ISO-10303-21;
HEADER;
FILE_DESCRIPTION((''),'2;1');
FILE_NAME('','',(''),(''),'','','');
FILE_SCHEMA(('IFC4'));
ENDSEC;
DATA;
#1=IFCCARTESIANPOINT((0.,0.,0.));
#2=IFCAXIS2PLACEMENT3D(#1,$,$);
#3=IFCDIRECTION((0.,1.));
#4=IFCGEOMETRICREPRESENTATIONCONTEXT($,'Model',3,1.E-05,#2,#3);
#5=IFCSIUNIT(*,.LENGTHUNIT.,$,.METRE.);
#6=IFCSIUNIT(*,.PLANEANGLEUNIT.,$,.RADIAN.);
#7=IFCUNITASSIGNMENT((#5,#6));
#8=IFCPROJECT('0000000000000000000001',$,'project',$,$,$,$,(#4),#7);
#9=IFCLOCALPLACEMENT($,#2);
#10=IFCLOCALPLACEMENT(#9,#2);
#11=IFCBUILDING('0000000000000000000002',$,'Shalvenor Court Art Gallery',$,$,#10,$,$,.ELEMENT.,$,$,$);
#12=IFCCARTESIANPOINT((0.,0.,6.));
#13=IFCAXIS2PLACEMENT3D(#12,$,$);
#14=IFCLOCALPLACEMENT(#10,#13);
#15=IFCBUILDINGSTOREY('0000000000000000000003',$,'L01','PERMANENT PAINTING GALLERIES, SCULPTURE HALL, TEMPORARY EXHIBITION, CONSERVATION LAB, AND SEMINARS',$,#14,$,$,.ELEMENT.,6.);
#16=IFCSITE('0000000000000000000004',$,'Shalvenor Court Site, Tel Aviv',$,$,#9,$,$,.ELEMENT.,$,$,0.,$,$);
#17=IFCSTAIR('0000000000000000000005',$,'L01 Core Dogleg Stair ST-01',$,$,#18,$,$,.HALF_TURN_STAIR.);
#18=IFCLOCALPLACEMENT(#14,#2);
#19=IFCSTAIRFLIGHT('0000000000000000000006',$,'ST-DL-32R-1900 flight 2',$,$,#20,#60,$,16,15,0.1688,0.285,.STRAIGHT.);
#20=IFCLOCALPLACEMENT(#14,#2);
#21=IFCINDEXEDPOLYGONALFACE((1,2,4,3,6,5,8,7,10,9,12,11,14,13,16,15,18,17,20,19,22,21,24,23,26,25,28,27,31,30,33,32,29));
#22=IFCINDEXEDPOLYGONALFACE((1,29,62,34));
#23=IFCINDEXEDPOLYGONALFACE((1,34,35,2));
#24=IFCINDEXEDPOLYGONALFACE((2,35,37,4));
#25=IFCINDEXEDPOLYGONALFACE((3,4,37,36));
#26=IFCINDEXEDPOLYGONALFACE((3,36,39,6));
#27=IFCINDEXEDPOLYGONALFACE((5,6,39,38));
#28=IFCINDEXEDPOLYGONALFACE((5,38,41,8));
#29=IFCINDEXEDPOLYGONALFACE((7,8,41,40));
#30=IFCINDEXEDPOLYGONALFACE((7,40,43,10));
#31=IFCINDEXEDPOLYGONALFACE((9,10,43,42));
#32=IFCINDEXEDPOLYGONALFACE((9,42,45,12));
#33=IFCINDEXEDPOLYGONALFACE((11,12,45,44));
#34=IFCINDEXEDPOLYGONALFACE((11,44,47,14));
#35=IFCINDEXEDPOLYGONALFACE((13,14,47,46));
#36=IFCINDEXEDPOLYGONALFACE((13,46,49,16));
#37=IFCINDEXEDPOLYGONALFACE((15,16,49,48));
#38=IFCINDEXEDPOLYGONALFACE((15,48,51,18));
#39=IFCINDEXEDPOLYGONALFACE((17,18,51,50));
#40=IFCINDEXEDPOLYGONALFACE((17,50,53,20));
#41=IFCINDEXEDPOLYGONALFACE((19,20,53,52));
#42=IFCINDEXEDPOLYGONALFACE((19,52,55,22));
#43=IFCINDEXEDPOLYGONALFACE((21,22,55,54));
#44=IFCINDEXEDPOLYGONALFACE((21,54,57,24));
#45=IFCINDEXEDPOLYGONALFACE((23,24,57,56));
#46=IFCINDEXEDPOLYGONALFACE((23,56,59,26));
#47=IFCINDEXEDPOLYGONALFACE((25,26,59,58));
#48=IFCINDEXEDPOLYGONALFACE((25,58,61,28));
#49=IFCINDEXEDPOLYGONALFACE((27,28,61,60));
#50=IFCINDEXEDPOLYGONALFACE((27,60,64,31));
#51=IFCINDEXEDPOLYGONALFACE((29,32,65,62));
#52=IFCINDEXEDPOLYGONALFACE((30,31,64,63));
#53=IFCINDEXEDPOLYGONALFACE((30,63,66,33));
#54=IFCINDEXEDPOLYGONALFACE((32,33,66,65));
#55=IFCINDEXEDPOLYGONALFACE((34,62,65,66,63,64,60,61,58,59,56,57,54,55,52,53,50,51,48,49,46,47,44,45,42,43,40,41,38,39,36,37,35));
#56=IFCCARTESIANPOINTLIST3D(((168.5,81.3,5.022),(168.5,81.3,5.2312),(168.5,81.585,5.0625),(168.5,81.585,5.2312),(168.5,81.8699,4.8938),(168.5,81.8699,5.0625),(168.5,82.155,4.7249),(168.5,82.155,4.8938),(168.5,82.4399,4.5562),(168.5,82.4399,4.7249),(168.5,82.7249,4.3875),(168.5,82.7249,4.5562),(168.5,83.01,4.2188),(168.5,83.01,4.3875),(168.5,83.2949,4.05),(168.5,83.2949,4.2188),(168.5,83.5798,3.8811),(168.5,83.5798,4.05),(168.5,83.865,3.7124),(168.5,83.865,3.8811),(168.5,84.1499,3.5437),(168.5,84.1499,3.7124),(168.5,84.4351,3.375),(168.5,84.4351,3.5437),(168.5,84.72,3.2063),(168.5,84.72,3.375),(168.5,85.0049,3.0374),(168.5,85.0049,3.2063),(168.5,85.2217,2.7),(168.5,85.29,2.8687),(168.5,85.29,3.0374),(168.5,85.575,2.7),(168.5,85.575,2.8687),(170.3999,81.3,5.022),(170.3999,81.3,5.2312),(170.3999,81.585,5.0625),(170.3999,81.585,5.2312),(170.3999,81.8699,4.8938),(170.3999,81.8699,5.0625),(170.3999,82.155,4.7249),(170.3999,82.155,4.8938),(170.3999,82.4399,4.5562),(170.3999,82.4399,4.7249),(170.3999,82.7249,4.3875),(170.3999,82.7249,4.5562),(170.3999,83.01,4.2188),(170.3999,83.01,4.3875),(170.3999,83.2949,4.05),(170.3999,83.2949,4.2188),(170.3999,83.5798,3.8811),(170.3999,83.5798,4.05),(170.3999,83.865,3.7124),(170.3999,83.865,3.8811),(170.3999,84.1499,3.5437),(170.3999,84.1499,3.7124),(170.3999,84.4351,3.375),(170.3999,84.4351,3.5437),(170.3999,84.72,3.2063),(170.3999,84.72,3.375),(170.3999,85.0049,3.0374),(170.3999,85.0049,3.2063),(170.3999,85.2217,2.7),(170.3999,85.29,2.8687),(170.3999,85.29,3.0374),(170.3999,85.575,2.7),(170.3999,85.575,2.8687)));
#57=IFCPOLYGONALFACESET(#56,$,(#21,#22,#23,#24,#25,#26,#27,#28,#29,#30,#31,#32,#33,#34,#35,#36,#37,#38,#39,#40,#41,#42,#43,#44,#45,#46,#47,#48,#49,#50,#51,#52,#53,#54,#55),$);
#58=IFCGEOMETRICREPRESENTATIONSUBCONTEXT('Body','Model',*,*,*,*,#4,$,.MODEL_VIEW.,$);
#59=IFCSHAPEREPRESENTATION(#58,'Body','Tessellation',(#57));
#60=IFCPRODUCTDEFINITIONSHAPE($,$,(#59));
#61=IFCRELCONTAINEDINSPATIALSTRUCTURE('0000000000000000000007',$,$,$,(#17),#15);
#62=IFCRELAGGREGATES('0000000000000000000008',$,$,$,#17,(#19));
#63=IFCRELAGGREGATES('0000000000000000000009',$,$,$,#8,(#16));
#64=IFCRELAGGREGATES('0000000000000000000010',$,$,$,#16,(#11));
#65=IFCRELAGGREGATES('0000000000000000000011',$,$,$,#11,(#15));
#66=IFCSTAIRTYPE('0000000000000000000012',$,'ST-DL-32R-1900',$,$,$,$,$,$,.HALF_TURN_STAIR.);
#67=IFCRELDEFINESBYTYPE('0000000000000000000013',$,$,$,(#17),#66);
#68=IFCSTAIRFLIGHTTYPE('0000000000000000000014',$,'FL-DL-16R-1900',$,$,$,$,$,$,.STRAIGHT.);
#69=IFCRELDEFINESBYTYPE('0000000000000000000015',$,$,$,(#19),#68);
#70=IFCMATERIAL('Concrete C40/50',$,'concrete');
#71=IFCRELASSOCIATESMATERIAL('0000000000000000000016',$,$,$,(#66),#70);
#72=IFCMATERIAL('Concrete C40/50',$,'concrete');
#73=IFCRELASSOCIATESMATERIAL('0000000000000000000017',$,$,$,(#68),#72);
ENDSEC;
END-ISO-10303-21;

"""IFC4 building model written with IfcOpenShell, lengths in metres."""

from ifc_helpers import new_model, si_unit, direction, frame, origin, place, context, subcontext, project, spatial, polyline, outline, extrude, material, type_object, element, aggregate, save


model = new_model("IFC4")

# Units and contexts
model_context = context("Model", 3, precision=1e-05, world=origin(), true_north=direction((0.0, 1.0)))
body_context = subcontext(model_context, "Body", "Model", "MODEL_VIEW")
ifc_project = project(units=[si_unit("LENGTHUNIT", "METRE"), si_unit("PLANEANGLEUNIT", "RADIAN")], contexts=[model_context])

# Site, building, storey
site_placement = place(None, origin())
site = spatial("IfcSite", under=ifc_project, at=site_placement, Name="Shalvenor Court Site, Tel Aviv", CompositionType="ELEMENT", RefElevation=0.0)
building_placement = place(site_placement, origin())
building = spatial("IfcBuilding", under=site, at=building_placement, Name="Shalvenor Court Art Gallery", CompositionType="ELEMENT")
storey_placement = place(building_placement, frame((0.0, 0.0, 6.0)))
storey = spatial("IfcBuildingStorey", under=building, at=storey_placement, Name="L01", Description="PERMANENT PAINTING GALLERIES, SCULPTURE HALL, TEMPORARY EXHIBITION, CONSERVATION LAB, AND SEMINARS", CompositionType="ELEMENT", Elevation=6.0)

# Stair, stair flight
ifc_material_1 = material(Name="Concrete C40/50", Category="concrete")
stair_type = type_object("IfcStairType", Name="ST-DL-32R-1900", PredefinedType="HALF_TURN_STAIR", material=ifc_material_1)
stair_placement = place(storey_placement, origin())
stair = element("IfcStair", 1, at=stair_placement, inside=storey, type_object=stair_type, Name="L01 Core Dogleg Stair ST-01", PredefinedType="HALF_TURN_STAIR")
ifc_material_2 = material(Name="Concrete C40/50", Category="concrete")
stair_flight_type = type_object("IfcStairFlightType", Name="FL-DL-16R-1900", PredefinedType="STRAIGHT", material=ifc_material_2)
stair_flight_placement = place(storey_placement, frame((169.45, 85.575, 2.7), z_axis=(0.0, 0.0, 1.0), x_axis=(0.0, -1.0, 0.0)))
stair_flight = element("IfcStairFlight", 2, at=stair_flight_placement, type_object=stair_flight_type, Name="ST-DL-32R-1900 flight 2", NumberOfRisers=16, NumberOfTreads=15, PredefinedType="STRAIGHT", RiserHeight=0.1688, TreadLength=0.285, context=body_context, shape_type="SweptSolid", body=[
    extrude(outline(polyline([(0.0, 0.0), (0.0, 0.1687), (0.2849, 0.1687), (0.2849, 0.3374), (0.5701, 0.3374), (0.5701, 0.5063), (0.855, 0.5063), (0.855, 0.675), (1.1399, 0.675), (1.1399, 0.8438), (1.425, 0.8438), (1.425, 1.0125), (1.71, 1.0125), (1.71, 1.1812), (1.9951, 1.1812), (1.9951, 1.3501), (2.28, 1.3501), (2.28, 1.5188), (2.5649, 1.5188), (2.5649, 1.6875), (2.8501, 1.6875), (2.8501, 1.8562), (3.135, 1.8562), (3.135, 2.0249), (3.4199, 2.0249), (3.4199, 2.1938), (3.7051, 2.1938), (3.7051, 2.3625), (3.99, 2.3625), (3.99, 2.5312), (4.2749, 2.5312), (4.2749, 2.7), (4.2749, 2.322), (0.3533, 0.0), (0.0, 0.0)])), frame((0.0, 0.95, 0.0), z_axis=(0.0, -1.0, 0.0), x_axis=(1.0, 0.0, 0.0)), (0.0, 0.0, 1.0), 1.8999),
])
aggregate(stair, [stair_flight])

save(model, "model.ifc")
